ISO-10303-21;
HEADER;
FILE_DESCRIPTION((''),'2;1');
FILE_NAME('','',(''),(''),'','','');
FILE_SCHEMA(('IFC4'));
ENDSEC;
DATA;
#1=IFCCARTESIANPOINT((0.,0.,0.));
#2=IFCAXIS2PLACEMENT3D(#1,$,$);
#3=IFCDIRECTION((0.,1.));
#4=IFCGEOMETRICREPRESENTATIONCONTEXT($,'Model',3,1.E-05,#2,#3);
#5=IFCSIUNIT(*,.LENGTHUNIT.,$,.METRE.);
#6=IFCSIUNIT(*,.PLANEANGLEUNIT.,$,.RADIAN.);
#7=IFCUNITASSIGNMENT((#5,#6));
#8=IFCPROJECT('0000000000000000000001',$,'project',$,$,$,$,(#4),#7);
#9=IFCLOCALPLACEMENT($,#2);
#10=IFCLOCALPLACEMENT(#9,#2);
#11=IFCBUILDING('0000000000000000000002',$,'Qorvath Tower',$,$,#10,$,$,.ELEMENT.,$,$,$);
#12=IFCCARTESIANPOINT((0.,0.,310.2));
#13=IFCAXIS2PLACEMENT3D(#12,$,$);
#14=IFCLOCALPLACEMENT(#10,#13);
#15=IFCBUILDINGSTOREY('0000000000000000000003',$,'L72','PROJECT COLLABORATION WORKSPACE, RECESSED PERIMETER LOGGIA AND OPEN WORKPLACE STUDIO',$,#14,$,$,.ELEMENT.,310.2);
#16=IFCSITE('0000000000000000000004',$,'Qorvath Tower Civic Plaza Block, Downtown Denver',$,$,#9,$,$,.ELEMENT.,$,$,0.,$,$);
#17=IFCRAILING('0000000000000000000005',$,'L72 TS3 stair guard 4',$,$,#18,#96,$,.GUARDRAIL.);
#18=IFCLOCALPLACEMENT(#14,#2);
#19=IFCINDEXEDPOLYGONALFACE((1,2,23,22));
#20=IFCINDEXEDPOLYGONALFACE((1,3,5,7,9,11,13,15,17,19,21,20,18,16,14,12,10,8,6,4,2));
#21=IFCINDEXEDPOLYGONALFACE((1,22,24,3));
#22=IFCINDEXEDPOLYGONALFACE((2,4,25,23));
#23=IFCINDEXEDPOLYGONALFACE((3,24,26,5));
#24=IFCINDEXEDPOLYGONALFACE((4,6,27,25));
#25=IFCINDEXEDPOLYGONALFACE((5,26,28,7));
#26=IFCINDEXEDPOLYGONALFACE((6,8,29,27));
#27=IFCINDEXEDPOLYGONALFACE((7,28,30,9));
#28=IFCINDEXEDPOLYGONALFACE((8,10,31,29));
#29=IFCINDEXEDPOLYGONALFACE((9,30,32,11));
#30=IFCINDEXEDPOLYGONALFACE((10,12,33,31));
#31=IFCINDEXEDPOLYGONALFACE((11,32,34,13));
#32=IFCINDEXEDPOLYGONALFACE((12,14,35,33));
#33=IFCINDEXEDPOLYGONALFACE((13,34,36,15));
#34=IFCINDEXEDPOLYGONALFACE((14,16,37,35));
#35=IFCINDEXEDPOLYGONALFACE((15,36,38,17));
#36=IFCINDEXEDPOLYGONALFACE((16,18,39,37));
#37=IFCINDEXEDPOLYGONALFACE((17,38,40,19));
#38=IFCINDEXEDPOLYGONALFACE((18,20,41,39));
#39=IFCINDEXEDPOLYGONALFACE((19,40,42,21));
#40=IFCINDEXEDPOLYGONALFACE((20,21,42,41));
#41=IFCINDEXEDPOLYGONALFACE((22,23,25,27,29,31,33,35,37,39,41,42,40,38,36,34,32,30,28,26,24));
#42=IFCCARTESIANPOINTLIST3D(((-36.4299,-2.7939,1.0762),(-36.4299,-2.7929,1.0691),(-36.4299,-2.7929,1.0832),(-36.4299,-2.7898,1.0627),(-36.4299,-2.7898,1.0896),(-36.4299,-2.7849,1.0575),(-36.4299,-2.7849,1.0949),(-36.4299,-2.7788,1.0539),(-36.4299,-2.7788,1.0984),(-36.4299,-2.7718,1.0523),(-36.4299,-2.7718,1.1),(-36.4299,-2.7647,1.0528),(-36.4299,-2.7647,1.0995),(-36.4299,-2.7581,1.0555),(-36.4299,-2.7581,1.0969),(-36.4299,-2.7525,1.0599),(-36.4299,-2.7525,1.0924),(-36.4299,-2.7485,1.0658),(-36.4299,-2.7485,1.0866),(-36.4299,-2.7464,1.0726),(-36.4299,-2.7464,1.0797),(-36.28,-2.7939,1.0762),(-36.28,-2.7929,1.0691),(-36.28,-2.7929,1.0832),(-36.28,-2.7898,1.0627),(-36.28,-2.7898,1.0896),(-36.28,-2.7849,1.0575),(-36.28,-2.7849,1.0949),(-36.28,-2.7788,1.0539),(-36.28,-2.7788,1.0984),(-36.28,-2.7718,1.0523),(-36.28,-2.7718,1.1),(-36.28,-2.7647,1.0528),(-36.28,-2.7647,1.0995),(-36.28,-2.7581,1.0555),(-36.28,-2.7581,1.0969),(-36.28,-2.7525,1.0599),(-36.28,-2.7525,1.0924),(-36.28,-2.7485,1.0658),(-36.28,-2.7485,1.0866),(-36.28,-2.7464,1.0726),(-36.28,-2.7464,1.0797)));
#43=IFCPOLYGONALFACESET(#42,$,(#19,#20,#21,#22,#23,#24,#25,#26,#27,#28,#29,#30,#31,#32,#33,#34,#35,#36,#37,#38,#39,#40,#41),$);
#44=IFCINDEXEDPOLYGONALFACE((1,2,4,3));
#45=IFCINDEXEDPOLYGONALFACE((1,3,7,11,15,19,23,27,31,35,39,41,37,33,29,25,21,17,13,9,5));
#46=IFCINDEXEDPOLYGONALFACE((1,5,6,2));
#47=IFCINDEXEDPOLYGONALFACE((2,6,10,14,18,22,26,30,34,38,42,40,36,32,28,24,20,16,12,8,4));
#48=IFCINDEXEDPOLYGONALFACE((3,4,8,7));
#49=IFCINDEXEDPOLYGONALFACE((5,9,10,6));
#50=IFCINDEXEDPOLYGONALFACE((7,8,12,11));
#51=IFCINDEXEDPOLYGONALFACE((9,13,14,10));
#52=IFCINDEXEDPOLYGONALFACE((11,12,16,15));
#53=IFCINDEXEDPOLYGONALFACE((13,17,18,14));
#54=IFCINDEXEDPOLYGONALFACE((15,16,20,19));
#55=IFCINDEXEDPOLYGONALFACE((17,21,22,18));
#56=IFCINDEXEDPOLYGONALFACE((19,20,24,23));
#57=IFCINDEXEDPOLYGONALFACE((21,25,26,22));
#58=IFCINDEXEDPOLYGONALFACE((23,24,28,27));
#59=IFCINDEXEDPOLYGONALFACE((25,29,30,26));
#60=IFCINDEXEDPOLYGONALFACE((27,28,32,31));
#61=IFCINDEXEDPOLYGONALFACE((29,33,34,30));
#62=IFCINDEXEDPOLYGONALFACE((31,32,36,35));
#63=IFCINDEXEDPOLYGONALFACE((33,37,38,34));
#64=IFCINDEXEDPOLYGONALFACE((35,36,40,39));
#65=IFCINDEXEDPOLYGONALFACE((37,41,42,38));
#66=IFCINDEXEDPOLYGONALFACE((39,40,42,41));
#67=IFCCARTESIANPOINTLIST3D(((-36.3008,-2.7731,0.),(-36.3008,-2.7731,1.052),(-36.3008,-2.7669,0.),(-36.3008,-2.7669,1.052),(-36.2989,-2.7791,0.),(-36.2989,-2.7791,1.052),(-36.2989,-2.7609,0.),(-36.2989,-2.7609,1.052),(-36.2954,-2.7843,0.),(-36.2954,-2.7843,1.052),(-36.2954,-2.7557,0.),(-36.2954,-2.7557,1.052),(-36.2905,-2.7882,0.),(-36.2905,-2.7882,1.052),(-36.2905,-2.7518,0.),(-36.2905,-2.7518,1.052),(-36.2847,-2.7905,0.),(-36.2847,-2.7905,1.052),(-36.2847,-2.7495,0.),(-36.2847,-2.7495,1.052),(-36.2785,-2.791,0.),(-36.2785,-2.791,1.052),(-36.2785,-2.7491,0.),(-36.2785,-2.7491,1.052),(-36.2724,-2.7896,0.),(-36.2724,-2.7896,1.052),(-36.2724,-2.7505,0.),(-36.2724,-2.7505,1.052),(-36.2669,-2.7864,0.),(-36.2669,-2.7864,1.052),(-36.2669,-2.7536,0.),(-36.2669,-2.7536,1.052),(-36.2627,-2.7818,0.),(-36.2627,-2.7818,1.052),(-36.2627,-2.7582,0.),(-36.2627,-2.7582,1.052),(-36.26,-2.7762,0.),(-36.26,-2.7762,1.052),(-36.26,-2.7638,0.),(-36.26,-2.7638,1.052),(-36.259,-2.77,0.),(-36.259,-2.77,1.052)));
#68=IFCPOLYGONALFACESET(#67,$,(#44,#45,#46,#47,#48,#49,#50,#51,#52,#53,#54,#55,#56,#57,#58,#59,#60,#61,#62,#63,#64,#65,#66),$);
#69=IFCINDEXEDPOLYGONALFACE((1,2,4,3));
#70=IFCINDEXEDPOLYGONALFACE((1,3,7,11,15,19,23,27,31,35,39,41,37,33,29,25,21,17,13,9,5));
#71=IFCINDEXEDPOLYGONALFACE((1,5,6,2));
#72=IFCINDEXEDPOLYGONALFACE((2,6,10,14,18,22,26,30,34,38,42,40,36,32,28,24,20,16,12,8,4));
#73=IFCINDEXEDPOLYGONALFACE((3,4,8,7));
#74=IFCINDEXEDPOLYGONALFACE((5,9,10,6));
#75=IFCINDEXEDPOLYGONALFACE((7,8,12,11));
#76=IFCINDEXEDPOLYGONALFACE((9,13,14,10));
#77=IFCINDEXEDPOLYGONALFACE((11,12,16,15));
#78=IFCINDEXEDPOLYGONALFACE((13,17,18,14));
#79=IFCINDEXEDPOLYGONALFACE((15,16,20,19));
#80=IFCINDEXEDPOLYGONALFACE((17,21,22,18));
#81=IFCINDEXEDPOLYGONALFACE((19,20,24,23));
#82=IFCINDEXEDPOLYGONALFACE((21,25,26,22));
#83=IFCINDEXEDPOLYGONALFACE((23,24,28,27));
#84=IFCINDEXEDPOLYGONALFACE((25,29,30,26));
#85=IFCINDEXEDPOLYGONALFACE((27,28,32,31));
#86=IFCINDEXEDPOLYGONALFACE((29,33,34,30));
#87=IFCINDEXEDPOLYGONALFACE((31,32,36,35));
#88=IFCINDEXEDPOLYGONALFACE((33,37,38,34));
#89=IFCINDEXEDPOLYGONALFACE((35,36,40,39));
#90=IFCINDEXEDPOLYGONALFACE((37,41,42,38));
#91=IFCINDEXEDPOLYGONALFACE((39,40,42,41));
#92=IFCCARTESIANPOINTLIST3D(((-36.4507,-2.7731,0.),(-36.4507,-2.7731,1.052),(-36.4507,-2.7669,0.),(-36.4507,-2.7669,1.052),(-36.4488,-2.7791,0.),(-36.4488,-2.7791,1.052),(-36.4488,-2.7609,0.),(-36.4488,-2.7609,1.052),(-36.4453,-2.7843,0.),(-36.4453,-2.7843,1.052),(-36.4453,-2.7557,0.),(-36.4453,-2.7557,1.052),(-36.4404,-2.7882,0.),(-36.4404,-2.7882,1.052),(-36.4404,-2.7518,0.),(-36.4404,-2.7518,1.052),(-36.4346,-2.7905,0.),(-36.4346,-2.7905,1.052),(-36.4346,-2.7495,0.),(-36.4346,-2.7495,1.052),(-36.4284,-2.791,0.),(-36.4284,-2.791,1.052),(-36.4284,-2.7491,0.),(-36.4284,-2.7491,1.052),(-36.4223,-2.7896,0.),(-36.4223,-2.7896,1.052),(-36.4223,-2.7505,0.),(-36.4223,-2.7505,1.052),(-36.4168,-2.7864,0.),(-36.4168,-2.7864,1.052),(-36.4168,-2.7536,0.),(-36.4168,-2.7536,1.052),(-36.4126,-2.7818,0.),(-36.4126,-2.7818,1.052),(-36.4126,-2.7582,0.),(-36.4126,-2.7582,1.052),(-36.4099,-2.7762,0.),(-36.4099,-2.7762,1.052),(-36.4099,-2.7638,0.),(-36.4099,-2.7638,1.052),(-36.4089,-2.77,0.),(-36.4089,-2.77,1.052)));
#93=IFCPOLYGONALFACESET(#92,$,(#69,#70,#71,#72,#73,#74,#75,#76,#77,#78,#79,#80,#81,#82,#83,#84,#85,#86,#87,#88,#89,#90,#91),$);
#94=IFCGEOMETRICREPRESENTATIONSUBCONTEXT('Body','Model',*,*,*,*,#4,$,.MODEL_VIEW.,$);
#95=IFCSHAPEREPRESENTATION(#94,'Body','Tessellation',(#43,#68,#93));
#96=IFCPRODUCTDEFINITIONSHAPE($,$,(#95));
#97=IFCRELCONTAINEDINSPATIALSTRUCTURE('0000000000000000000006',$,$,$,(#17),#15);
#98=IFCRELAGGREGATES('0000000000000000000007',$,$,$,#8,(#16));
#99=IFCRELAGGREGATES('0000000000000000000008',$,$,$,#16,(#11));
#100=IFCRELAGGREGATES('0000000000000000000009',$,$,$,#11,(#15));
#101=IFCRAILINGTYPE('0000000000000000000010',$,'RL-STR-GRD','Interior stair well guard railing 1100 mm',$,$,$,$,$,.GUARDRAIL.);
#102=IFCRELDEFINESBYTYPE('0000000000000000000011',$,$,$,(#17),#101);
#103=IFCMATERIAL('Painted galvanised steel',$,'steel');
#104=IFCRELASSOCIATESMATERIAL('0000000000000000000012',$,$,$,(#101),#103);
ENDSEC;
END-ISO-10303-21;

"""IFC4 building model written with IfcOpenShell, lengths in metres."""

from ifc_helpers import new_model, si_unit, direction, frame, origin, origin_2d, place, context, subcontext, project, spatial, circle, extrude, material, type_object, element, save


model = new_model("IFC4")

# Units and contexts
model_context = context("Model", 3, precision=1e-05, world=origin(), true_north=direction((0.0, 1.0)))
body_context = subcontext(model_context, "Body", "Model", "MODEL_VIEW")
ifc_project = project(units=[si_unit("LENGTHUNIT", "METRE"), si_unit("PLANEANGLEUNIT", "RADIAN")], contexts=[model_context])

# Site, building, storey
site_placement = place(None, origin())
site = spatial("IfcSite", under=ifc_project, at=site_placement, Name="Qorvath Tower Civic Plaza Block, Downtown Denver", CompositionType="ELEMENT", RefElevation=0.0)
building_placement = place(site_placement, origin())
building = spatial("IfcBuilding", under=site, at=building_placement, Name="Qorvath Tower", CompositionType="ELEMENT")
storey_placement = place(building_placement, frame((0.0, 0.0, 310.2)))
storey = spatial("IfcBuildingStorey", under=building, at=storey_placement, Name="L72", Description="PROJECT COLLABORATION WORKSPACE, RECESSED PERIMETER LOGGIA AND OPEN WORKPLACE STUDIO", CompositionType="ELEMENT", Elevation=310.2)

# Railing
ifc_material_1 = material(Name="Painted galvanised steel", Category="steel")
railing_type_1 = type_object("IfcRailingType", Name="RL-STR-GRD", Description="Interior stair well guard railing 1100 mm", PredefinedType="GUARDRAIL", material=ifc_material_1)
railing_1_placement = place(storey_placement, frame((-36.28, -2.77, 0.0)))
element("IfcRailing", 1, at=railing_1_placement, inside=storey, type_object=railing_type_1, Name="L72 TS3 stair guard 4", PredefinedType="GUARDRAIL", context=body_context, shape_type="SweptSolid", body=[
    extrude(circle(Radius=0.0239, at=origin_2d()), frame((0.0, 0.0, 1.0762), z_axis=(-1.0, 0.0, 0.0), x_axis=(0.0, -1.0, 0.0)), (0.0, 0.0, 1.0), 0.1499),
    extrude(circle(Radius=0.021, at=origin_2d()), origin(), (0.0, 0.0, 1.0), 1.052),
    extrude(circle(Radius=0.021, at=origin_2d()), frame((-0.1499, 0.0, 0.0)), (0.0, 0.0, 1.0), 1.052),
])

save(model, "model.ifc")
